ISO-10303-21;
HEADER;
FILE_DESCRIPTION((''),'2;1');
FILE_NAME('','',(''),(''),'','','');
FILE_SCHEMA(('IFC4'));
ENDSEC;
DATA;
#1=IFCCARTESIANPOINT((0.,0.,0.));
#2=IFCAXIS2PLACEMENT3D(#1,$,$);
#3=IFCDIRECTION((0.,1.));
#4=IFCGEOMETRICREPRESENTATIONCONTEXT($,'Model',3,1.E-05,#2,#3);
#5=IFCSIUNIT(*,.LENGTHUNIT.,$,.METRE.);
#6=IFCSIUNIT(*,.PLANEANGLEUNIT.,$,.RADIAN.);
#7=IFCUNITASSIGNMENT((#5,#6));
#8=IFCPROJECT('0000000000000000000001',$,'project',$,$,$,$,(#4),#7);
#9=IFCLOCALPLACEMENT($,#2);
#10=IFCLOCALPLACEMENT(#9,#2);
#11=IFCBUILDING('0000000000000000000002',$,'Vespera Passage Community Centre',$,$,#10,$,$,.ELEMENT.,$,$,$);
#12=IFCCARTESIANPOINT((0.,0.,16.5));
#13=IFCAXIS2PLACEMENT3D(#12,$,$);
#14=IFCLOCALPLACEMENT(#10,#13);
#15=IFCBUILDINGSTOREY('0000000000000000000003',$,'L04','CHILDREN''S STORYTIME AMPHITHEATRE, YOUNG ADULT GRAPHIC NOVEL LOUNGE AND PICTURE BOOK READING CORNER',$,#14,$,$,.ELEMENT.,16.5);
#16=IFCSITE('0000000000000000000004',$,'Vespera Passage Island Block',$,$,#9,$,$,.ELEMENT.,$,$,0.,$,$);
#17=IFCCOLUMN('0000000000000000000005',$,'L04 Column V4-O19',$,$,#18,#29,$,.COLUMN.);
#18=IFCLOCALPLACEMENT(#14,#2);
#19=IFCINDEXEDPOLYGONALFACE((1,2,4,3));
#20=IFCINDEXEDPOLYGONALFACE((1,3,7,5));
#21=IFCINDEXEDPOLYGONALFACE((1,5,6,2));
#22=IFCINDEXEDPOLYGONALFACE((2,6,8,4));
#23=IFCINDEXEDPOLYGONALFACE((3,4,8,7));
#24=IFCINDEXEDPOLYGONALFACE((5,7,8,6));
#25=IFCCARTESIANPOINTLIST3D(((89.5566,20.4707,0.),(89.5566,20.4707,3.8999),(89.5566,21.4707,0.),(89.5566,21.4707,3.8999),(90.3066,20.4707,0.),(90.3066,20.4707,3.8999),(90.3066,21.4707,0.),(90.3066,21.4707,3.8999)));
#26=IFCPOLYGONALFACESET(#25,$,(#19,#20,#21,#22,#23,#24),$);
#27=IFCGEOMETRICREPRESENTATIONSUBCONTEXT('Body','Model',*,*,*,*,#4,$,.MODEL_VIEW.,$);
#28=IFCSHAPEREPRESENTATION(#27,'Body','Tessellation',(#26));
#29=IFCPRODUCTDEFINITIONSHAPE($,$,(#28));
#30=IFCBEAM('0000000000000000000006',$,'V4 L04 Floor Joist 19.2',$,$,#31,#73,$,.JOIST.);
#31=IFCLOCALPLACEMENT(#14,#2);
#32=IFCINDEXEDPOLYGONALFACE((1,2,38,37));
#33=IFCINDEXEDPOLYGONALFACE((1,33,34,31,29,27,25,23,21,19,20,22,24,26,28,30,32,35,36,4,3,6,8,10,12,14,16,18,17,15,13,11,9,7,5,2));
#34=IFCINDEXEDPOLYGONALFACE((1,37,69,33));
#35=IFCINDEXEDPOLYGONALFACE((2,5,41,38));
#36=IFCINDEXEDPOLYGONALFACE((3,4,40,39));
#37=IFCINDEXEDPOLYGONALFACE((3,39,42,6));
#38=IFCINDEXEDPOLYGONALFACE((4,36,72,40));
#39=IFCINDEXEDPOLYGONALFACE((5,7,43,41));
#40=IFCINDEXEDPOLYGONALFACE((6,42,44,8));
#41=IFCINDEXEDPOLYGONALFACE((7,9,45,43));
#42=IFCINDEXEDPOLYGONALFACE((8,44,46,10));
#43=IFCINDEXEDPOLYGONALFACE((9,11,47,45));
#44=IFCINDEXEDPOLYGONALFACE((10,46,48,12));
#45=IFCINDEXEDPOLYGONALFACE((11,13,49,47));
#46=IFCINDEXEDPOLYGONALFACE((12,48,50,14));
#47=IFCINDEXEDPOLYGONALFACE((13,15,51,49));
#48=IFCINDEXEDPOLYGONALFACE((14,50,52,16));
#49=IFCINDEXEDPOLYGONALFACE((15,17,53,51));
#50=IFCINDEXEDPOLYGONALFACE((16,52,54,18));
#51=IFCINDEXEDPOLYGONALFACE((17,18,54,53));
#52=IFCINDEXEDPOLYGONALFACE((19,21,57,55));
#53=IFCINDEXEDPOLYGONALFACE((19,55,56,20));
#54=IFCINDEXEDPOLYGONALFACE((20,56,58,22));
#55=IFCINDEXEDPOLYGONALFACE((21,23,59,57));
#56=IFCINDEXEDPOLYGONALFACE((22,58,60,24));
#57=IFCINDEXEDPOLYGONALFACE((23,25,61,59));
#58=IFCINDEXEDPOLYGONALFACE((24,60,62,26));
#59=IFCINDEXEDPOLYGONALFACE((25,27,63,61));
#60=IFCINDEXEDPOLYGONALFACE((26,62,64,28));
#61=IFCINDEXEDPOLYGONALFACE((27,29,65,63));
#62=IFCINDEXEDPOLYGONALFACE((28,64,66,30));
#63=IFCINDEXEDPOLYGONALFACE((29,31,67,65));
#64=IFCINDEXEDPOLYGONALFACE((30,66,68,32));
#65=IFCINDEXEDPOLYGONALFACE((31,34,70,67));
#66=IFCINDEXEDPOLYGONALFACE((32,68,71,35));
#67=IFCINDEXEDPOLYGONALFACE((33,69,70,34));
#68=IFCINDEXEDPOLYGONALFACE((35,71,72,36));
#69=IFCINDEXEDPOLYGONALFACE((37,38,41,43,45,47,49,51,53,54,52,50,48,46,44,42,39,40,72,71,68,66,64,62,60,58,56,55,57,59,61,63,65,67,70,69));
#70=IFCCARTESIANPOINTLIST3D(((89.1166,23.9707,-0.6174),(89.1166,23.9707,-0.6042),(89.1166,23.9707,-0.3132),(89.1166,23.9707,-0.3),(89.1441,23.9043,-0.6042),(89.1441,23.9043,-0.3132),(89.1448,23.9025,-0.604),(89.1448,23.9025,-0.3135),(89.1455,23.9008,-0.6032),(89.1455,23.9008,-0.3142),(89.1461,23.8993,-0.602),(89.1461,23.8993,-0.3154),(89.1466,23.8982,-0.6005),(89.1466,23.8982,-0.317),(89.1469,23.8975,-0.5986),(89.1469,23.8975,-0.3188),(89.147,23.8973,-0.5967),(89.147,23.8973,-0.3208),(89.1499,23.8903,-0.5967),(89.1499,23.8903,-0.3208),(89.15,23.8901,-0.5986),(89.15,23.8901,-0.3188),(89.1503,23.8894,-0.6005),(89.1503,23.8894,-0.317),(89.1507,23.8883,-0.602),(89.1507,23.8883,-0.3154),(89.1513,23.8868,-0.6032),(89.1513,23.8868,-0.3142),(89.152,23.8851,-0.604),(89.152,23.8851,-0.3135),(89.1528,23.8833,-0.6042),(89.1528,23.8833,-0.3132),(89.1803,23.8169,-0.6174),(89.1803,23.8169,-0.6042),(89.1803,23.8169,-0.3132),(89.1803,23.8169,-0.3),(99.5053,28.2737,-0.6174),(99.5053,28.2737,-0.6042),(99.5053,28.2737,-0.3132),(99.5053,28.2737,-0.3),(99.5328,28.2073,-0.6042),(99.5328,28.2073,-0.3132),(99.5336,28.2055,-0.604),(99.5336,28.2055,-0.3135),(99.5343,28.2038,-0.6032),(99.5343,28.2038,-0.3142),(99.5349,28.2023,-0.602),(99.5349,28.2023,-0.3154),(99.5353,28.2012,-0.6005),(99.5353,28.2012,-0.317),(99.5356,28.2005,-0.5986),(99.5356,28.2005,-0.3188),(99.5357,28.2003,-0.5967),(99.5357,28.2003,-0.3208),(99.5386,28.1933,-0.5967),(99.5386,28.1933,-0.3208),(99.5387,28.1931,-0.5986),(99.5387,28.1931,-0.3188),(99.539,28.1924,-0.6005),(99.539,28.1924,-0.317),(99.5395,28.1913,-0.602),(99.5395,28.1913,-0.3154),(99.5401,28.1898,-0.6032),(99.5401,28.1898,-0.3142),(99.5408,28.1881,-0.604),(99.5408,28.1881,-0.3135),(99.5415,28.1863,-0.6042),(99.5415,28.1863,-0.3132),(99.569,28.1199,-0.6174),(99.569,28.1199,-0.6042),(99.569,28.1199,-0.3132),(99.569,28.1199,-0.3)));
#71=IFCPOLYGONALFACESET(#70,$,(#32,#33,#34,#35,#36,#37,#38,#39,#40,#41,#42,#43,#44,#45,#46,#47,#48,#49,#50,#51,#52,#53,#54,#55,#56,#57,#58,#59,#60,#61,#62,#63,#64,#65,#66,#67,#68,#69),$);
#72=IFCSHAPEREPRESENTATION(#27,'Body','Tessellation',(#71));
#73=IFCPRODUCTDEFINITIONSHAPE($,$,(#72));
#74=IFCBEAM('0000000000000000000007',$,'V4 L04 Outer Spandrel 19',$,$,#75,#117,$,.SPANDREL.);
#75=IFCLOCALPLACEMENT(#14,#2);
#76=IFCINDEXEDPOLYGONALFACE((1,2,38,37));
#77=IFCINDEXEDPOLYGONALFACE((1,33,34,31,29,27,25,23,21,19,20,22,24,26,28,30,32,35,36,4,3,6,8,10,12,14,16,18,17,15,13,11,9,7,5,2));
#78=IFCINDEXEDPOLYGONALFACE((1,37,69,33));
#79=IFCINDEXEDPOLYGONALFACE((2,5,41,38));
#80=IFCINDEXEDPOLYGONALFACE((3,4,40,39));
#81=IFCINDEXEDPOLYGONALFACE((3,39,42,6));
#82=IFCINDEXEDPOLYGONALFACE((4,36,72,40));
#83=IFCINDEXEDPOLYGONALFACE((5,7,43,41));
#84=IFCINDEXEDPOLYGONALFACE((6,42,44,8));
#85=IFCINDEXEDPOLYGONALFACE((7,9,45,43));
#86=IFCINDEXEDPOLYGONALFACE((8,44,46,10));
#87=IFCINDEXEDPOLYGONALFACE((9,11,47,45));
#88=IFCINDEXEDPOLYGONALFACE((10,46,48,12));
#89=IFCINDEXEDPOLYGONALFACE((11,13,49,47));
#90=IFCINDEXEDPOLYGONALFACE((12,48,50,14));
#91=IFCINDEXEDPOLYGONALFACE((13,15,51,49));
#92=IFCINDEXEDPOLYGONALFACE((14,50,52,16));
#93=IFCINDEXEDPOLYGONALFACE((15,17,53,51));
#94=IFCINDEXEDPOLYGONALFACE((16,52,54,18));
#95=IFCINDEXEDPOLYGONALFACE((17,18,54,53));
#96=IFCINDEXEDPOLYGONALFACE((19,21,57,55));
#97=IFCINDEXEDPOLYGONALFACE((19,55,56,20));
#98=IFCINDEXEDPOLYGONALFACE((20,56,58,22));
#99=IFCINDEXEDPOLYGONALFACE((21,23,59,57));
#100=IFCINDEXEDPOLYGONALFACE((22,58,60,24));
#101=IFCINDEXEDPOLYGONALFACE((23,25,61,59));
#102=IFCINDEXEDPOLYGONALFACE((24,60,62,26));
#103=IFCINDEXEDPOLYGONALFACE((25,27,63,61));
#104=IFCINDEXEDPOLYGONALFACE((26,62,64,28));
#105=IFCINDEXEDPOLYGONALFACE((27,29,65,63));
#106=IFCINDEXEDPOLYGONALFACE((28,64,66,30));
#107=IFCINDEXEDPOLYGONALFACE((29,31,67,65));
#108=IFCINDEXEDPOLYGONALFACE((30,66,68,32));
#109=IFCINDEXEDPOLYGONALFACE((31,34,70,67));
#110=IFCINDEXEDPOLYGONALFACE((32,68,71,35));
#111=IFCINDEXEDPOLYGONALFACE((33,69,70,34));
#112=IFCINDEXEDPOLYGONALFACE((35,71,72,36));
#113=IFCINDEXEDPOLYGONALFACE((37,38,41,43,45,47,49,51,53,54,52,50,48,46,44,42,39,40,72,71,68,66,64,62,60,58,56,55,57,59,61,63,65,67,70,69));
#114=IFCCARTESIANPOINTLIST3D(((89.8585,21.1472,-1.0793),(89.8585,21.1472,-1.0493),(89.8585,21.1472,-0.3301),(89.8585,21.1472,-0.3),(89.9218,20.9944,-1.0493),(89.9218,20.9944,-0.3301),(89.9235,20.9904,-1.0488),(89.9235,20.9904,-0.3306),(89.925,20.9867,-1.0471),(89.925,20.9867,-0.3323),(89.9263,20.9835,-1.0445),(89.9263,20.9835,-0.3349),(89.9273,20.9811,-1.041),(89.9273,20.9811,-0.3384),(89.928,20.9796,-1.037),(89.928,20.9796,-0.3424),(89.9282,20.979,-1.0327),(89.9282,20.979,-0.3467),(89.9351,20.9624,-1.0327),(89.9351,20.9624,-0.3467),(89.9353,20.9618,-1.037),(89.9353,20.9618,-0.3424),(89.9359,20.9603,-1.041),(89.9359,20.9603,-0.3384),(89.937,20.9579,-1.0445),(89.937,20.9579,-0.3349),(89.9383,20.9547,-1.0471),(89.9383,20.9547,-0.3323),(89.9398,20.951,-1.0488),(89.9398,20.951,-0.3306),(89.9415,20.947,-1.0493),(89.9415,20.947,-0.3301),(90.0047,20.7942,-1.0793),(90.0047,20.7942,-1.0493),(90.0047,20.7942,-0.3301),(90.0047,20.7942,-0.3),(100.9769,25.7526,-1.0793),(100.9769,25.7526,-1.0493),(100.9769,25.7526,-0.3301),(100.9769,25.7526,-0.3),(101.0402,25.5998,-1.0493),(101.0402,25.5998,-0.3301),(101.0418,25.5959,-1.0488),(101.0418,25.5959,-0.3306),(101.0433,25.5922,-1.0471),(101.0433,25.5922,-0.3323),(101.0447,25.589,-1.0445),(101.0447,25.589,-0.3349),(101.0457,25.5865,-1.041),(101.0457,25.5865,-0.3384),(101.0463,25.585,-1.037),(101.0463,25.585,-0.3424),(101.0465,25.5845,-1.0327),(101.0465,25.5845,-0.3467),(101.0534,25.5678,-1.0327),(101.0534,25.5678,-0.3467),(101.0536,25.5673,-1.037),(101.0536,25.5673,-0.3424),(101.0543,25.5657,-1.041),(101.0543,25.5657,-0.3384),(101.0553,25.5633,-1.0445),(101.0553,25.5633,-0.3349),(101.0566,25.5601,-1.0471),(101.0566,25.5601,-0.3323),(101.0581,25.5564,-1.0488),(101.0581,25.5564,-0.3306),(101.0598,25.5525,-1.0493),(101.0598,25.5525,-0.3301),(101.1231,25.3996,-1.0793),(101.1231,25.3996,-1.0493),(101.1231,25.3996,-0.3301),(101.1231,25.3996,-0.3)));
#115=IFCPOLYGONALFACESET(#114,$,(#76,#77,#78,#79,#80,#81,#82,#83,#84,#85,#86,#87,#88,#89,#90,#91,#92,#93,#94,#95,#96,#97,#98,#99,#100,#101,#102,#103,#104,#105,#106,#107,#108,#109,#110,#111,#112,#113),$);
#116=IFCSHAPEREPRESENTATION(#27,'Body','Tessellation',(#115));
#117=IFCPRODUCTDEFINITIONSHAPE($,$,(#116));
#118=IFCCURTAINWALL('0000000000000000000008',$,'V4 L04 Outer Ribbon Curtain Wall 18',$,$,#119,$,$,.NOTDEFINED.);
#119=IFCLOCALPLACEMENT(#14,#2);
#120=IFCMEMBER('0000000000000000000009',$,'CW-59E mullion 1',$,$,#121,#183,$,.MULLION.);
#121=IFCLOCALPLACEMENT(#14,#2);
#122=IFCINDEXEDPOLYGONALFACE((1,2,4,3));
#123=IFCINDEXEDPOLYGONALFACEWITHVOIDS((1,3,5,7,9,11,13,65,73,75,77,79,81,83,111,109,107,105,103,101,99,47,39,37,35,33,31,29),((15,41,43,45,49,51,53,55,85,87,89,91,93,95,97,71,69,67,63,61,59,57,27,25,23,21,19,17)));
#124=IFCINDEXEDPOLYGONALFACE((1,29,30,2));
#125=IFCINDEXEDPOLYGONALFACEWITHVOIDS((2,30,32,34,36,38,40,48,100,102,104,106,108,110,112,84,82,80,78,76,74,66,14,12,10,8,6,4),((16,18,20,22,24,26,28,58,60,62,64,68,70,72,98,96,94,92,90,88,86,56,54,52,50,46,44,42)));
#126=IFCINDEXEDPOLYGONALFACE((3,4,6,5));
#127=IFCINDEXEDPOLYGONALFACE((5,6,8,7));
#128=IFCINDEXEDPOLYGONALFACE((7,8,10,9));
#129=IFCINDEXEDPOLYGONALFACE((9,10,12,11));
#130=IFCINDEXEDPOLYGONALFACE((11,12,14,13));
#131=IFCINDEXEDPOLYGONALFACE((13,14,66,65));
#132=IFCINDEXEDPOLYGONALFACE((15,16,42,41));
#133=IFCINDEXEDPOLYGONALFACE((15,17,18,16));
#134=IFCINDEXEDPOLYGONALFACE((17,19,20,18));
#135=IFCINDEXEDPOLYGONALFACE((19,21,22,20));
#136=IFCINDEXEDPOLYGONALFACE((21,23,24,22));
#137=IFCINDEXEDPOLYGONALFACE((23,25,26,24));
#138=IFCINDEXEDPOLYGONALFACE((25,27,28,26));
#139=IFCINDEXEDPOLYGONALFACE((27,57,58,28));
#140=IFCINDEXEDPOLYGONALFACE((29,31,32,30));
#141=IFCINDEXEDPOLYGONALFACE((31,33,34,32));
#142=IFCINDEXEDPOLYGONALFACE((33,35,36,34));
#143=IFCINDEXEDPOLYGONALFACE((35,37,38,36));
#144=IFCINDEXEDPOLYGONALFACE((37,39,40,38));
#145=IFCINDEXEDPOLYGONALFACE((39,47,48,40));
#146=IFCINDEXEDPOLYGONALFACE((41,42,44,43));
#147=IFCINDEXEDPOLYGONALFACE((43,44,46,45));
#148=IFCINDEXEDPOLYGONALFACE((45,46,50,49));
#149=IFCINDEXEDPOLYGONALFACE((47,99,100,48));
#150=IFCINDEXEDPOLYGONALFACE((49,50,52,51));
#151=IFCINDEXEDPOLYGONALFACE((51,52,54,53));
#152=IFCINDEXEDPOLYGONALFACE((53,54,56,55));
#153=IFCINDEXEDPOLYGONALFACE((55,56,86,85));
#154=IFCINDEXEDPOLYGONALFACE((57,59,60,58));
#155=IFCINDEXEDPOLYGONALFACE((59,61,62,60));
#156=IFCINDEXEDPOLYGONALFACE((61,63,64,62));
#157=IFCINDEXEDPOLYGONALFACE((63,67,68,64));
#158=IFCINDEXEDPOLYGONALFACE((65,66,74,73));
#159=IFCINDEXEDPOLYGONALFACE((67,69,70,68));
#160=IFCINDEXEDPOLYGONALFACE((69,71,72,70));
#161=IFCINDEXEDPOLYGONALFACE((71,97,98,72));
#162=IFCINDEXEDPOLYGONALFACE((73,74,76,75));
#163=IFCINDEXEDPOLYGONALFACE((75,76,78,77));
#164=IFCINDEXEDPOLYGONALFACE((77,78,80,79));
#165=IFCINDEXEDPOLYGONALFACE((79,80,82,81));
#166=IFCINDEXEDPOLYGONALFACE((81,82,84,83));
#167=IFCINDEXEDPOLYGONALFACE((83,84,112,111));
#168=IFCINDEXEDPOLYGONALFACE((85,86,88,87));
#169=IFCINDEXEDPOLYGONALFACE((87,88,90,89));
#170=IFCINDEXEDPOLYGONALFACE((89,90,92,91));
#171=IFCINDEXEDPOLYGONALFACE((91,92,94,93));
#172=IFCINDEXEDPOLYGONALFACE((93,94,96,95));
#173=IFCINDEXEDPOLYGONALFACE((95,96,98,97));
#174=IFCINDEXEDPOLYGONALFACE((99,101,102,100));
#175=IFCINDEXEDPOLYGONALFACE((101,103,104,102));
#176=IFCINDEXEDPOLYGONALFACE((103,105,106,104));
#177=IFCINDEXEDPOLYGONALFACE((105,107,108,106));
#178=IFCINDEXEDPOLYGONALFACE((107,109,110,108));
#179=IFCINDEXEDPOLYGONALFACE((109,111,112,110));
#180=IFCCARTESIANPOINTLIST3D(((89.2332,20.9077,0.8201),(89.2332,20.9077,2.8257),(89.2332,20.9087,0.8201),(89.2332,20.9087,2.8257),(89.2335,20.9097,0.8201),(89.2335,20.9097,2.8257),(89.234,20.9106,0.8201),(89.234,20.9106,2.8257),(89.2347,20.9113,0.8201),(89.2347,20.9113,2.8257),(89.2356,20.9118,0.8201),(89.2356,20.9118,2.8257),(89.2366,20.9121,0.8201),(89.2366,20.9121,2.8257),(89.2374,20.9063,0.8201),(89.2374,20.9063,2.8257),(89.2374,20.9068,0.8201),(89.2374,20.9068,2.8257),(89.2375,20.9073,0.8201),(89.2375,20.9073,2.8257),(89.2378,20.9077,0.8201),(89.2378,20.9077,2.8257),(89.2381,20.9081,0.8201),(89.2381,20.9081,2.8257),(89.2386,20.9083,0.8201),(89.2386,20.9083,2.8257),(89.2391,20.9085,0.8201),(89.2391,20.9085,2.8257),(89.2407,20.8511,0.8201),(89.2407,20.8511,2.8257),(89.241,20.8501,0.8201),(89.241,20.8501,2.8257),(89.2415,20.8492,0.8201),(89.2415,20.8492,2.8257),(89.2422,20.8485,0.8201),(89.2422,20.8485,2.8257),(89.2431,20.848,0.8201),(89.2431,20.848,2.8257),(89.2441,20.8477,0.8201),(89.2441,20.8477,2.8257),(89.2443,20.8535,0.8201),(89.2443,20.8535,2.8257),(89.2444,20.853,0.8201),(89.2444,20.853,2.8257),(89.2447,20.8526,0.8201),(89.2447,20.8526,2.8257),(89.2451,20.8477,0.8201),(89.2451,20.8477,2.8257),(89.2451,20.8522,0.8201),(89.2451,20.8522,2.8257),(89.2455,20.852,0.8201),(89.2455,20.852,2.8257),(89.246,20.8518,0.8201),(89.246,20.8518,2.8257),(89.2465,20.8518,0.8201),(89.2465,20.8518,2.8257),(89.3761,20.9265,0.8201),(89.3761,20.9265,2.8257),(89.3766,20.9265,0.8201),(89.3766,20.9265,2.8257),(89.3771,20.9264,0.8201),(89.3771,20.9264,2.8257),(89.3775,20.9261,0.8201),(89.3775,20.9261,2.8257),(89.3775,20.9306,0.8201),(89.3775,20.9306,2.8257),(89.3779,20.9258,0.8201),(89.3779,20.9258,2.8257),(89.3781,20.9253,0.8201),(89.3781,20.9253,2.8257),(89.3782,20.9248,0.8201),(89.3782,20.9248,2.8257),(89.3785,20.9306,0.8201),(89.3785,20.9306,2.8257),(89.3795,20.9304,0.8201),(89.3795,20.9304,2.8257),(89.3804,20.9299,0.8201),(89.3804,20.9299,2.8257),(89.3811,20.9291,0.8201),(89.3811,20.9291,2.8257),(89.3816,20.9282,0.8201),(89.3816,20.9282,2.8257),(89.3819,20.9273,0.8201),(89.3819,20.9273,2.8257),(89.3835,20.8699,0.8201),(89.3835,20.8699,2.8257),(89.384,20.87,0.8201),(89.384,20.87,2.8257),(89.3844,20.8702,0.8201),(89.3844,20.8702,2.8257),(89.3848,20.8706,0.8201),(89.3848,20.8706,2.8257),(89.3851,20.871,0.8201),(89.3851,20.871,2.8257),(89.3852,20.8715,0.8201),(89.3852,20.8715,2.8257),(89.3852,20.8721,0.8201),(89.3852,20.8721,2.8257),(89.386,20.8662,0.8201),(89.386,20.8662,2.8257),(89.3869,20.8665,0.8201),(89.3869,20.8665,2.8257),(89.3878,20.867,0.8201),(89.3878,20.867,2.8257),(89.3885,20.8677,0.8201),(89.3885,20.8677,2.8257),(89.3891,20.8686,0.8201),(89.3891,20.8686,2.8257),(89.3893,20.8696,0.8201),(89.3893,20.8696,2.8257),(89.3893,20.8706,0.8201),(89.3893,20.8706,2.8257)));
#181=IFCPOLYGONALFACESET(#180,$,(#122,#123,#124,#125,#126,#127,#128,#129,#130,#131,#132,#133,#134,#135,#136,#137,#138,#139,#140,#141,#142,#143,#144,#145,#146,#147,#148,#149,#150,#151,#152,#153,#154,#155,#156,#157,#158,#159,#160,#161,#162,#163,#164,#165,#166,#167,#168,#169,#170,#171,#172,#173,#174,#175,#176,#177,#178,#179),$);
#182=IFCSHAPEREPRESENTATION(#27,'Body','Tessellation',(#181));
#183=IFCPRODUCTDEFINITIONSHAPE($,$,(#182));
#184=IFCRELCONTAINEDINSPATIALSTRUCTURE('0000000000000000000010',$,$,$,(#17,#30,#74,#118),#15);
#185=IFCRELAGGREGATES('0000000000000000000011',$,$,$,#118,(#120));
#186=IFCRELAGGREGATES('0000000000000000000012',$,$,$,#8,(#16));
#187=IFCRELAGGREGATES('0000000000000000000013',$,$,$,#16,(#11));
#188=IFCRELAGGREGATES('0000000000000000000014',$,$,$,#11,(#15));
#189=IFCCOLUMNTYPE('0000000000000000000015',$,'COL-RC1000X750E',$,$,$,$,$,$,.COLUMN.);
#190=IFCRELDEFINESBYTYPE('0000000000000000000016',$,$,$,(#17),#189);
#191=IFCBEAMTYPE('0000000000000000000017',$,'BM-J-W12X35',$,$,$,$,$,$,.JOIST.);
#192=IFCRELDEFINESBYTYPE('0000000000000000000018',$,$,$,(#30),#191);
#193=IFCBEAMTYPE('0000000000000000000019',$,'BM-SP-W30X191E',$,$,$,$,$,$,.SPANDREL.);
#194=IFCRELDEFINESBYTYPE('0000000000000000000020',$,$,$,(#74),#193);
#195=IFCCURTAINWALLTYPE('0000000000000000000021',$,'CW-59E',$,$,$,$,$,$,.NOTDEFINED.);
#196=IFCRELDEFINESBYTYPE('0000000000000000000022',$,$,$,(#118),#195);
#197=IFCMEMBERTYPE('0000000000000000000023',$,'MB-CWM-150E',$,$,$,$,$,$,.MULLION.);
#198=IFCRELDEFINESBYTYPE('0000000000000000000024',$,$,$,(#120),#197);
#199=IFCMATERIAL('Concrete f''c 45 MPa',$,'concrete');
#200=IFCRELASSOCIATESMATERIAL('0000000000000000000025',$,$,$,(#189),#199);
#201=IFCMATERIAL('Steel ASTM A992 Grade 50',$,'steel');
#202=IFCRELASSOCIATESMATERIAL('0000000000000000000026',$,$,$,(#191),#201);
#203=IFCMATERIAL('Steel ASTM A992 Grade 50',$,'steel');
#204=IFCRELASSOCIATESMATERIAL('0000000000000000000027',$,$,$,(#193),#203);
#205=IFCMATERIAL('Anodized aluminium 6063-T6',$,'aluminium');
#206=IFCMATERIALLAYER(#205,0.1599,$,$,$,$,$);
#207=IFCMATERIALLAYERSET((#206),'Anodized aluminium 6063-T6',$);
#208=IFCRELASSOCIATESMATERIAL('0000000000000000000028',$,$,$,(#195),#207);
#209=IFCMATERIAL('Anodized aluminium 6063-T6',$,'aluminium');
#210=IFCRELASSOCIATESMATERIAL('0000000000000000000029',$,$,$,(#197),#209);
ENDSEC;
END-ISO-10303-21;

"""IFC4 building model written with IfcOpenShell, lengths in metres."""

from ifc_helpers import new_model, si_unit, direction, frame, origin, origin_2d, place, context, subcontext, project, spatial, rectangle, hollow_rectangle, i_section, extrude, material, layer, layer_set, material_profile, profile_set, type_object, element, aggregate, save


model = new_model("IFC4")

# Units and contexts
model_context = context("Model", 3, precision=1e-05, world=origin(), true_north=direction((0.0, 1.0)))
body_context = subcontext(model_context, "Body", "Model", "MODEL_VIEW")
ifc_project = project(units=[si_unit("LENGTHUNIT", "METRE"), si_unit("PLANEANGLEUNIT", "RADIAN")], contexts=[model_context])

# Site, building, storey
site_placement = place(None, origin())
site = spatial("IfcSite", under=ifc_project, at=site_placement, Name="Vespera Passage Island Block", CompositionType="ELEMENT", RefElevation=0.0)
building_placement = place(site_placement, origin())
building = spatial("IfcBuilding", under=site, at=building_placement, Name="Vespera Passage Community Centre", CompositionType="ELEMENT")
storey_placement = place(building_placement, frame((0.0, 0.0, 16.5)))
storey = spatial("IfcBuildingStorey", under=building, at=storey_placement, Name="L04", Description="CHILDREN'S STORYTIME AMPHITHEATRE, YOUNG ADULT GRAPHIC NOVEL LOUNGE AND PICTURE BOOK READING CORNER", CompositionType="ELEMENT", Elevation=16.5)

# Column
ifc_material_1 = material(Name="Concrete f'c 45 MPa", Category="concrete")
ifc_material_profile_1 = material_profile(ifc_material_1, rectangle(XDim=0.75, YDim=1.0, at=origin_2d()), Name="RC1000X750")
ifc_profile_set_1 = profile_set([ifc_material_profile_1], Name="Concrete f'c 45 MPa")
column_type = type_object("IfcColumnType", Name="COL-RC1000X750E", PredefinedType="COLUMN", material=ifc_profile_set_1)
column_placement = place(storey_placement, frame((89.9316, 20.9707, 0.0), z_axis=(0.0, 0.0, 1.0), x_axis=(1.0, 0.0, 0.0)))
element("IfcColumn", 1, at=column_placement, inside=storey, type_object=column_type, Name="L04 Column V4-O19", PredefinedType="COLUMN", context=body_context, shape_type="SweptSolid", body=[
    extrude(rectangle(XDim=0.75, YDim=1.0, at=origin_2d()), origin(), (0.0, 0.0, 1.0), 3.8999),
])

# Beams
ifc_material_2 = material(Name="Steel ASTM A992 Grade 50", Category="steel")
ifc_material_profile_2 = material_profile(ifc_material_2, i_section(OverallWidth=0.1665, OverallDepth=0.3174, WebThickness=0.0076, FlangeThickness=0.0132, FilletRadius=0.0076, at=origin_2d()), Name="W12X35")
ifc_profile_set_2 = profile_set([ifc_material_profile_2], Name="Steel ASTM A992 Grade 50")
beam_type_1 = type_object("IfcBeamType", Name="BM-J-W12X35", PredefinedType="JOIST", material=ifc_profile_set_2)
beam_1_placement = place(storey_placement, frame((89.1484, 23.8938, -0.4587), z_axis=(0.923884, 0.382672, 0.0), x_axis=(-0.382672, 0.923884, 0.0)))
element("IfcBeam", 2, at=beam_1_placement, inside=storey, type_object=beam_type_1, Name="V4 L04 Floor Joist 19.2", PredefinedType="JOIST", context=body_context, shape_type="SweptSolid", body=[
    extrude(i_section(OverallWidth=0.1665, OverallDepth=0.3174, WebThickness=0.0076, FlangeThickness=0.0132, FilletRadius=0.0076, at=origin_2d()), origin(), (0.0, 0.0, 1.0), 11.2446),
])
ifc_material_3 = material(Name="Steel ASTM A992 Grade 50", Category="steel")
ifc_material_profile_3 = material_profile(ifc_material_3, i_section(OverallWidth=0.3821, OverallDepth=0.7793, WebThickness=0.0181, FlangeThickness=0.03, FilletRadius=0.0166, at=origin_2d()), Name="W30X191")
ifc_profile_set_3 = profile_set([ifc_material_profile_3], Name="Steel ASTM A992 Grade 50")
beam_type_2 = type_object("IfcBeamType", Name="BM-SP-W30X191E", PredefinedType="SPANDREL", material=ifc_profile_set_3)
beam_2_placement = place(storey_placement, frame((89.9316, 20.9707, -0.6897), z_axis=(0.923877, 0.382689, 0.0), x_axis=(-0.382689, 0.923877, 0.0)))
element("IfcBeam", 3, at=beam_2_placement, inside=storey, type_object=beam_type_2, Name="V4 L04 Outer Spandrel 19", PredefinedType="SPANDREL", context=body_context, shape_type="SweptSolid", body=[
    extrude(i_section(OverallWidth=0.3821, OverallDepth=0.7793, WebThickness=0.0181, FlangeThickness=0.03, FilletRadius=0.0166, at=origin_2d()), origin(), (0.0, 0.0, 1.0), 12.0344),
])

# Curtain wall, member
ifc_material_4 = material(Name="Anodized aluminium 6063-T6", Category="aluminium")
ifc_layer_1 = layer(ifc_material_4, 0.1599)
ifc_layer_set_1 = layer_set([ifc_layer_1], Name="Anodized aluminium 6063-T6")
curtain_wall_type_1 = type_object("IfcCurtainWallType", Name="CW-59E", PredefinedType="NOTDEFINED", material=ifc_layer_set_1)
curtain_wall_1_placement = place(storey_placement, origin())
curtain_wall_1 = element("IfcCurtainWall", 4, at=curtain_wall_1_placement, inside=storey, type_object=curtain_wall_type_1, Name="V4 L04 Outer Ribbon Curtain Wall 18", PredefinedType="NOTDEFINED")
ifc_material_5 = material(Name="Anodized aluminium 6063-T6", Category="aluminium")
ifc_material_profile_4 = material_profile(ifc_material_5, hollow_rectangle(XDim=0.0649, YDim=0.1499, WallThickness=0.0039, InnerFilletRadius=0.002, OuterFilletRadius=0.0039, at=origin_2d()), Name="ALU150X65X4")
ifc_profile_set_4 = profile_set([ifc_material_profile_4], Name="Anodized aluminium 6063-T6")
member_type_1 = type_object("IfcMemberType", Name="MB-CWM-150E", PredefinedType="MULLION", material=ifc_profile_set_4)
member_1_placement = place(storey_placement, frame((89.3113, 20.8892, 0.8201), z_axis=(0.0, 0.0, 1.0), x_axis=(0.130531, -0.991444, 0.0)))
member_1 = element("IfcMember", 5, at=member_1_placement, type_object=member_type_1, Name="CW-59E mullion 1", PredefinedType="MULLION", context=body_context, shape_type="SweptSolid", body=[
    extrude(hollow_rectangle(XDim=0.0649, YDim=0.1499, WallThickness=0.0039, InnerFilletRadius=0.002, OuterFilletRadius=0.0039, at=origin_2d()), origin(), (0.0, 0.0, 1.0), 2.0056),
])

aggregate(curtain_wall_1, [member_1])

save(model, "model.ifc")
